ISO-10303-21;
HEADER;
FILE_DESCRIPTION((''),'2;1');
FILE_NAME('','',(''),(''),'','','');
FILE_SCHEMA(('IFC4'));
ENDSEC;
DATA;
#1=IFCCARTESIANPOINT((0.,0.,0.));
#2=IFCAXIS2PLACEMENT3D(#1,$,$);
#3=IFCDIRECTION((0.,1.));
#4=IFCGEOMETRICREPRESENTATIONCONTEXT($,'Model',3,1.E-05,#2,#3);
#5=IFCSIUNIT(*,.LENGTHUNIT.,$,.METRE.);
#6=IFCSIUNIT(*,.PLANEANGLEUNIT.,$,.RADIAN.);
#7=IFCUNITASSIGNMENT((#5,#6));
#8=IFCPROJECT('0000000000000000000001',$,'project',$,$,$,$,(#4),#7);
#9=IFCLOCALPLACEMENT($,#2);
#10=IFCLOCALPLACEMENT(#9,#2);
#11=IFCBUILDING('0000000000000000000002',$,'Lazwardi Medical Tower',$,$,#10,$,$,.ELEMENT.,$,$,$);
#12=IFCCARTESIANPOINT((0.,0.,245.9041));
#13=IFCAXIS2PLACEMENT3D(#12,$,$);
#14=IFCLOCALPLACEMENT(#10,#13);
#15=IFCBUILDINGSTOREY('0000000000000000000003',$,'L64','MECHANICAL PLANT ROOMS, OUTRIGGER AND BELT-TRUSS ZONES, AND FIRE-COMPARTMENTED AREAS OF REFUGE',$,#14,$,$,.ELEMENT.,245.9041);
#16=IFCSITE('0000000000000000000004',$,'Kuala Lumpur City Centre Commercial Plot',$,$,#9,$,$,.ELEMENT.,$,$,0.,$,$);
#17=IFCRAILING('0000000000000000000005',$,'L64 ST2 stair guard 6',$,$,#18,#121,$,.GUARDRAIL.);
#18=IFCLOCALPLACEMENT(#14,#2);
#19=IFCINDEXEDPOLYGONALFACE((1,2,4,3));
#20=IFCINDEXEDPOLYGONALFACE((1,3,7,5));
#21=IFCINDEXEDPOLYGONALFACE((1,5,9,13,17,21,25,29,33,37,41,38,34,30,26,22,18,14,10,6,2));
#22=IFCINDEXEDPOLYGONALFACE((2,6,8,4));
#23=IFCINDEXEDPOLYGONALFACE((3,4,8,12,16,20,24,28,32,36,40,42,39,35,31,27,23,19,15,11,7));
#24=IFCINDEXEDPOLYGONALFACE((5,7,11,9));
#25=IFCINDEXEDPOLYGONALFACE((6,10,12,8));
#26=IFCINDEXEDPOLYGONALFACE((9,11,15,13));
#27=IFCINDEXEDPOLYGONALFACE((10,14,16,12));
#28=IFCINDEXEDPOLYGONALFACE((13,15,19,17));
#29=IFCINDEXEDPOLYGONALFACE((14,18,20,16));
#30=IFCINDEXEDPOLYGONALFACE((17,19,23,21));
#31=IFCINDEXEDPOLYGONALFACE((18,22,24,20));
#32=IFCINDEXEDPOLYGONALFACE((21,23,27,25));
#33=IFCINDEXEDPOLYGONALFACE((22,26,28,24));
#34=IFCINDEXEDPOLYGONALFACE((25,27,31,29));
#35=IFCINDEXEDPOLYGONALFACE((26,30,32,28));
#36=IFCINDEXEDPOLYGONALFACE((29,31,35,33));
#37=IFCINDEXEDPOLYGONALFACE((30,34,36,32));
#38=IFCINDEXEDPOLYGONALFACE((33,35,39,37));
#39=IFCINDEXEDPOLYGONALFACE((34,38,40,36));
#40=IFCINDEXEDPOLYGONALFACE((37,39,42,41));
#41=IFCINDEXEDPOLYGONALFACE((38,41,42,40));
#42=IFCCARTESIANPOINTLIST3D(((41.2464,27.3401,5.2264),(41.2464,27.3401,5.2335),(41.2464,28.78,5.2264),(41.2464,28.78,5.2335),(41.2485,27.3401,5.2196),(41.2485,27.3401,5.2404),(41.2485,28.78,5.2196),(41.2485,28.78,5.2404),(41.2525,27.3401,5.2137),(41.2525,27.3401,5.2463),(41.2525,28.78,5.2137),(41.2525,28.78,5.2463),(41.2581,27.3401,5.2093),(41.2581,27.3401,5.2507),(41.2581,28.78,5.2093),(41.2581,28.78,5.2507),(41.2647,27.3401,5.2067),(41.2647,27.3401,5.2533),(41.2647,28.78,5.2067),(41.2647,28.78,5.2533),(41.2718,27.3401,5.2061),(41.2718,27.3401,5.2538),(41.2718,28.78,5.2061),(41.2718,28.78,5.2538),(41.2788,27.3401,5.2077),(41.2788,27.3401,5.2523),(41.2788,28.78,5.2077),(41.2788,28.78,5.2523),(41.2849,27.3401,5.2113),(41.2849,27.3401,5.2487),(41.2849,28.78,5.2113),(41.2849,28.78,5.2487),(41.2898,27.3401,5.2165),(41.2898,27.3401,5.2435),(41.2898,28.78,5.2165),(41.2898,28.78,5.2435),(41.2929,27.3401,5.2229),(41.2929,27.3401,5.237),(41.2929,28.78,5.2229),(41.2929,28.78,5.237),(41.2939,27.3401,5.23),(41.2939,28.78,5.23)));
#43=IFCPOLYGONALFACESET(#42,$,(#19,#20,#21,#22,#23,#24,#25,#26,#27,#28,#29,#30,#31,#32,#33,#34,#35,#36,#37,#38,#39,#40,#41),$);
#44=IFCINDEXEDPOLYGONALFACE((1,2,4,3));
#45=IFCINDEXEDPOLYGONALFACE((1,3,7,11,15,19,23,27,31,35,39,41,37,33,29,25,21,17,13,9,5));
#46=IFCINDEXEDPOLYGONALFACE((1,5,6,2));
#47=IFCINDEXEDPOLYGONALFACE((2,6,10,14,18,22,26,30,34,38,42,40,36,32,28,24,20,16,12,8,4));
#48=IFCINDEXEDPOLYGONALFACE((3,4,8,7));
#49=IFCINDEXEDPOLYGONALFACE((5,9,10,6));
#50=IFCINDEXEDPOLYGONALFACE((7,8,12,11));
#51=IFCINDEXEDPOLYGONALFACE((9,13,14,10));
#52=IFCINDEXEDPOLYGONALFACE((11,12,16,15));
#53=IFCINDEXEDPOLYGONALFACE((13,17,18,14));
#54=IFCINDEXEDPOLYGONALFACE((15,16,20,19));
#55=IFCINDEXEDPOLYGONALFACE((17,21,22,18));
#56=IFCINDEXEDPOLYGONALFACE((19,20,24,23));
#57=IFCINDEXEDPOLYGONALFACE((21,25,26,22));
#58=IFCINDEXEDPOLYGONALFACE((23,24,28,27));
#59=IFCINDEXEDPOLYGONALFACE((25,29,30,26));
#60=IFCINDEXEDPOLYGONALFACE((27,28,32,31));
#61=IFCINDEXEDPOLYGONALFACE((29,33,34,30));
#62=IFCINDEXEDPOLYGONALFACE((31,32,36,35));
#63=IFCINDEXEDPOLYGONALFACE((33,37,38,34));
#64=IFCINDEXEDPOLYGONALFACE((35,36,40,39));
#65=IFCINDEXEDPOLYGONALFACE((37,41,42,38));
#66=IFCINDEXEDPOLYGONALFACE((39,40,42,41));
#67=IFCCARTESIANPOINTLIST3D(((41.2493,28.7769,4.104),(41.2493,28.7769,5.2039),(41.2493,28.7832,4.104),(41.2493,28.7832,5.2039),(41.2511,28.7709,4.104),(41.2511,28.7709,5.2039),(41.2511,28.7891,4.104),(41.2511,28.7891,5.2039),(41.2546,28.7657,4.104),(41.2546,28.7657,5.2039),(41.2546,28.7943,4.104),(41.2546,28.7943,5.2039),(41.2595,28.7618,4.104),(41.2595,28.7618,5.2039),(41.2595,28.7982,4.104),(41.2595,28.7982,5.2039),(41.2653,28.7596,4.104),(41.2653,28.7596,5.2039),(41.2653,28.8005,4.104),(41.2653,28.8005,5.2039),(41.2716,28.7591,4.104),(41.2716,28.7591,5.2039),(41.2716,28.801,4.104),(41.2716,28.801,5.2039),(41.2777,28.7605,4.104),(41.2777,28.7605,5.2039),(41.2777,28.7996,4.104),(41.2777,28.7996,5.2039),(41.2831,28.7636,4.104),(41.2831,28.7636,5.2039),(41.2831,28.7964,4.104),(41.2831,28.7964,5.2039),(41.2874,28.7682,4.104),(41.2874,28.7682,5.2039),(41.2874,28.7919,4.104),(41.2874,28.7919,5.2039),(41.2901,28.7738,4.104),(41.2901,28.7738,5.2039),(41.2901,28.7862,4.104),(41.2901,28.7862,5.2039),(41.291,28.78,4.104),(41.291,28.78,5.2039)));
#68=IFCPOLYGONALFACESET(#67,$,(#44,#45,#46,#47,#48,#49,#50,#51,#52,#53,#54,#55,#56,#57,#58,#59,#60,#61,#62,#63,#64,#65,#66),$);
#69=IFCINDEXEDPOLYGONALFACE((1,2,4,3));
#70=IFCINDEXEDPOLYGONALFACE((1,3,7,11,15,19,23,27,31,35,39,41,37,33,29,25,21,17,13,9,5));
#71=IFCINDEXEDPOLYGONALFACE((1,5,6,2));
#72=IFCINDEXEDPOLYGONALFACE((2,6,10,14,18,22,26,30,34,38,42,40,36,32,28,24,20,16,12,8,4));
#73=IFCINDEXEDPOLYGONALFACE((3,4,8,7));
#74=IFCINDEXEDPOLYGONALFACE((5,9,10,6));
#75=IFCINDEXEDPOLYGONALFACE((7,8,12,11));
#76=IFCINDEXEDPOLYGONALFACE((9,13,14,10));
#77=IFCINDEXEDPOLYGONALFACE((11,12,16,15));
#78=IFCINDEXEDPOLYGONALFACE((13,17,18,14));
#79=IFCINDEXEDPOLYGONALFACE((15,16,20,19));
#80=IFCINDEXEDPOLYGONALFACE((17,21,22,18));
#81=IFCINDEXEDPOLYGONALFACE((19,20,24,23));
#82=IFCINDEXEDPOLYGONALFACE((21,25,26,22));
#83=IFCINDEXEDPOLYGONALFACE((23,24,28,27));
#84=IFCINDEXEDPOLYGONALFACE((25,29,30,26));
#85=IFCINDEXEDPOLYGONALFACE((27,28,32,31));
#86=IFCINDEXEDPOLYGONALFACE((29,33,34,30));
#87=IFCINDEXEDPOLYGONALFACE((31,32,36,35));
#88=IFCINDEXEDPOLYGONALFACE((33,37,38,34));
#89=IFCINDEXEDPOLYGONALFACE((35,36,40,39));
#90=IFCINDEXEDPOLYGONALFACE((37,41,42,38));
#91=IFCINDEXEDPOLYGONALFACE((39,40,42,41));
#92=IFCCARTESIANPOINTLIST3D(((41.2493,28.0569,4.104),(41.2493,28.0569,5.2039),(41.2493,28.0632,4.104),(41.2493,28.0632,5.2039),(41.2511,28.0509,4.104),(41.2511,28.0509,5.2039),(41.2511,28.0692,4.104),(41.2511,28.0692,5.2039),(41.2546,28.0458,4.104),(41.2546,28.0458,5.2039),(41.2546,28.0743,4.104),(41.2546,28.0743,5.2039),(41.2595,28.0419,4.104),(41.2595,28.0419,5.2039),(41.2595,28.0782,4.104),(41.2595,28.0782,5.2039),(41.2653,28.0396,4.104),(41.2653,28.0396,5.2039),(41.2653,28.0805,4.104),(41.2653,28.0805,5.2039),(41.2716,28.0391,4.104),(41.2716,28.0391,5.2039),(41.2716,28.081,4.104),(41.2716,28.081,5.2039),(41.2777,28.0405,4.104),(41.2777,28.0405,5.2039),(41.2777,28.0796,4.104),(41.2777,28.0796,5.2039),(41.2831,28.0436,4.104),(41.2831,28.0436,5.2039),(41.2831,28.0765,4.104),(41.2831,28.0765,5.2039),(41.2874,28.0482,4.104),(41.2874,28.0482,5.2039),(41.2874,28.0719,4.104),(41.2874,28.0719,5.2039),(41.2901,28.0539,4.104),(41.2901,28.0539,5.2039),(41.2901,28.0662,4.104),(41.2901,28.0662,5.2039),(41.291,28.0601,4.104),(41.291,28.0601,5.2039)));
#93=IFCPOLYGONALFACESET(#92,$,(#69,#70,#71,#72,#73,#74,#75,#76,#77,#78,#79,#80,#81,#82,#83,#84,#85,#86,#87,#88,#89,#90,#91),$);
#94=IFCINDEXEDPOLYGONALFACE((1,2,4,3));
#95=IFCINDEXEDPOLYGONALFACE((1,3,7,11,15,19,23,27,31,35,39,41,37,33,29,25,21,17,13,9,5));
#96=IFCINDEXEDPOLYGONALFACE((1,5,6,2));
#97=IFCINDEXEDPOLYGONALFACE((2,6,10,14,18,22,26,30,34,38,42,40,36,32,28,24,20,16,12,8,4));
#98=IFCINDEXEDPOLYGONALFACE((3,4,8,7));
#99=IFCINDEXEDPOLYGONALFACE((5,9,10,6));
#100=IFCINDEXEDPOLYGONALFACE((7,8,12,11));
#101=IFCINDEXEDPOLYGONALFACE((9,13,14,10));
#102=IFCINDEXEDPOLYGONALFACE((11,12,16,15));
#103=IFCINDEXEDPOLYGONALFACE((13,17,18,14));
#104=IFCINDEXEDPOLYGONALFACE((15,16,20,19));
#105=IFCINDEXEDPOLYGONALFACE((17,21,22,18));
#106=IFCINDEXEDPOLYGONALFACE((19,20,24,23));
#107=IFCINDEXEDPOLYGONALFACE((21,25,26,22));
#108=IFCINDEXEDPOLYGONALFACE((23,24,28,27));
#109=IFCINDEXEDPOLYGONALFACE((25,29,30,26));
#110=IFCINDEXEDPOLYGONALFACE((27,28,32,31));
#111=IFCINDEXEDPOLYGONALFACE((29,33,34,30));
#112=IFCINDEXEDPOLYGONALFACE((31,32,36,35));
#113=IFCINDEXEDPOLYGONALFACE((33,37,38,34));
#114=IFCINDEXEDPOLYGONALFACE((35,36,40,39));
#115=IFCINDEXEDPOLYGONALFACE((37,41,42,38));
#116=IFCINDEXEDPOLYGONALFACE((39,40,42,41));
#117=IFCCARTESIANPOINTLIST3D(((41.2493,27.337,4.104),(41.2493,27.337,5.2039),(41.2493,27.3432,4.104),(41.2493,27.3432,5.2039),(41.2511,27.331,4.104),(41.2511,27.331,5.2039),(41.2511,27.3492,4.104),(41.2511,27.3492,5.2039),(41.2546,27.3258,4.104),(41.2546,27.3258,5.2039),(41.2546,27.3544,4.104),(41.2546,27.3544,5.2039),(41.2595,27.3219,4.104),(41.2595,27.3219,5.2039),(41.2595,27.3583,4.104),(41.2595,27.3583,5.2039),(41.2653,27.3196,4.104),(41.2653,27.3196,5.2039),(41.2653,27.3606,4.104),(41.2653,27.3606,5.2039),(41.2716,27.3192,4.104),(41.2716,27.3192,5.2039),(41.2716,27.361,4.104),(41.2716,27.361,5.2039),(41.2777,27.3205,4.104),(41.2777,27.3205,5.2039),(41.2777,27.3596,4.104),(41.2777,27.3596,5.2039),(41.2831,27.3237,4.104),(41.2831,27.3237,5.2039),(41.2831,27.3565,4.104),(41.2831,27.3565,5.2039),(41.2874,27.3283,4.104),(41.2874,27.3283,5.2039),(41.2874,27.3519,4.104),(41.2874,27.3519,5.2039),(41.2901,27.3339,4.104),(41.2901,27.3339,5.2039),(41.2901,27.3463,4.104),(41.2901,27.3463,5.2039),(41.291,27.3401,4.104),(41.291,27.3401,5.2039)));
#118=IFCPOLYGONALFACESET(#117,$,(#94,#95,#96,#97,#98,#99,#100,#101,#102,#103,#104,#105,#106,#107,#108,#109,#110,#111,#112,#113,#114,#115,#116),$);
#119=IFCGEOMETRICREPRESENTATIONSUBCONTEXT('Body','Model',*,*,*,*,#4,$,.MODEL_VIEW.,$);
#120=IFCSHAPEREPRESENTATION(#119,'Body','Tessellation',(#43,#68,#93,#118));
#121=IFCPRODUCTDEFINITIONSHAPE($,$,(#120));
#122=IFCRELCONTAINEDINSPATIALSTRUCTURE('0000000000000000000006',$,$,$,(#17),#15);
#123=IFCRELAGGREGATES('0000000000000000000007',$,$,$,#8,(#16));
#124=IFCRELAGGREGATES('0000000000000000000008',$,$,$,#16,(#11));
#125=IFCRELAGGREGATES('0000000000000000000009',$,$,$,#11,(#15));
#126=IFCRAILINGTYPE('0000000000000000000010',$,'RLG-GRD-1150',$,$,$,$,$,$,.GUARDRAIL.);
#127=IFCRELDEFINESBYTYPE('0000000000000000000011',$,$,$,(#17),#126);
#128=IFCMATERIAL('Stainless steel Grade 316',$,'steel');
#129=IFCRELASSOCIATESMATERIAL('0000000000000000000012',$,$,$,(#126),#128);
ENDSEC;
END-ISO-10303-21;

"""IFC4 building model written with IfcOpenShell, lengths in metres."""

from ifc_helpers import new_model, si_unit, direction, frame, origin, origin_2d, place, context, subcontext, project, spatial, circle, extrude, material, type_object, element, save


model = new_model("IFC4")

# Units and contexts
model_context = context("Model", 3, precision=1e-05, world=origin(), true_north=direction((0.0, 1.0)))
body_context = subcontext(model_context, "Body", "Model", "MODEL_VIEW")
ifc_project = project(units=[si_unit("LENGTHUNIT", "METRE"), si_unit("PLANEANGLEUNIT", "RADIAN")], contexts=[model_context])

# Site, building, storey
site_placement = place(None, origin())
site = spatial("IfcSite", under=ifc_project, at=site_placement, Name="Kuala Lumpur City Centre Commercial Plot", CompositionType="ELEMENT", RefElevation=0.0)
building_placement = place(site_placement, origin())
building = spatial("IfcBuilding", under=site, at=building_placement, Name="Lazwardi Medical Tower", CompositionType="ELEMENT")
storey_placement = place(building_placement, frame((0.0, 0.0, 245.9041)))
storey = spatial("IfcBuildingStorey", under=building, at=storey_placement, Name="L64", Description="MECHANICAL PLANT ROOMS, OUTRIGGER AND BELT-TRUSS ZONES, AND FIRE-COMPARTMENTED AREAS OF REFUGE", CompositionType="ELEMENT", Elevation=245.9041)

# Railing
ifc_material_1 = material(Name="Stainless steel Grade 316", Category="steel")
railing_type_1 = type_object("IfcRailingType", Name="RLG-GRD-1150", PredefinedType="GUARDRAIL", material=ifc_material_1)
railing_1_placement = place(storey_placement, frame((41.27, 28.78, 4.104)))
element("IfcRailing", 1, at=railing_1_placement, inside=storey, type_object=railing_type_1, Name="L64 ST2 stair guard 6", PredefinedType="GUARDRAIL", context=body_context, shape_type="SweptSolid", body=[
    extrude(circle(Radius=0.0239, at=origin_2d()), frame((0.0, 0.0, 1.126), z_axis=(0.0, -1.0, 0.0), x_axis=(1.0, 0.0, 0.0)), (0.0, 0.0, 1.0), 1.4399),
    extrude(circle(Radius=0.021, at=origin_2d()), origin(), (0.0, 0.0, 1.0), 1.0999),
    extrude(circle(Radius=0.021, at=origin_2d()), frame((0.0, -0.72, 0.0)), (0.0, 0.0, 1.0), 1.0999),
    extrude(circle(Radius=0.021, at=origin_2d()), frame((0.0, -1.4399, 0.0)), (0.0, 0.0, 1.0), 1.0999),
])

save(model, "model.ifc")
